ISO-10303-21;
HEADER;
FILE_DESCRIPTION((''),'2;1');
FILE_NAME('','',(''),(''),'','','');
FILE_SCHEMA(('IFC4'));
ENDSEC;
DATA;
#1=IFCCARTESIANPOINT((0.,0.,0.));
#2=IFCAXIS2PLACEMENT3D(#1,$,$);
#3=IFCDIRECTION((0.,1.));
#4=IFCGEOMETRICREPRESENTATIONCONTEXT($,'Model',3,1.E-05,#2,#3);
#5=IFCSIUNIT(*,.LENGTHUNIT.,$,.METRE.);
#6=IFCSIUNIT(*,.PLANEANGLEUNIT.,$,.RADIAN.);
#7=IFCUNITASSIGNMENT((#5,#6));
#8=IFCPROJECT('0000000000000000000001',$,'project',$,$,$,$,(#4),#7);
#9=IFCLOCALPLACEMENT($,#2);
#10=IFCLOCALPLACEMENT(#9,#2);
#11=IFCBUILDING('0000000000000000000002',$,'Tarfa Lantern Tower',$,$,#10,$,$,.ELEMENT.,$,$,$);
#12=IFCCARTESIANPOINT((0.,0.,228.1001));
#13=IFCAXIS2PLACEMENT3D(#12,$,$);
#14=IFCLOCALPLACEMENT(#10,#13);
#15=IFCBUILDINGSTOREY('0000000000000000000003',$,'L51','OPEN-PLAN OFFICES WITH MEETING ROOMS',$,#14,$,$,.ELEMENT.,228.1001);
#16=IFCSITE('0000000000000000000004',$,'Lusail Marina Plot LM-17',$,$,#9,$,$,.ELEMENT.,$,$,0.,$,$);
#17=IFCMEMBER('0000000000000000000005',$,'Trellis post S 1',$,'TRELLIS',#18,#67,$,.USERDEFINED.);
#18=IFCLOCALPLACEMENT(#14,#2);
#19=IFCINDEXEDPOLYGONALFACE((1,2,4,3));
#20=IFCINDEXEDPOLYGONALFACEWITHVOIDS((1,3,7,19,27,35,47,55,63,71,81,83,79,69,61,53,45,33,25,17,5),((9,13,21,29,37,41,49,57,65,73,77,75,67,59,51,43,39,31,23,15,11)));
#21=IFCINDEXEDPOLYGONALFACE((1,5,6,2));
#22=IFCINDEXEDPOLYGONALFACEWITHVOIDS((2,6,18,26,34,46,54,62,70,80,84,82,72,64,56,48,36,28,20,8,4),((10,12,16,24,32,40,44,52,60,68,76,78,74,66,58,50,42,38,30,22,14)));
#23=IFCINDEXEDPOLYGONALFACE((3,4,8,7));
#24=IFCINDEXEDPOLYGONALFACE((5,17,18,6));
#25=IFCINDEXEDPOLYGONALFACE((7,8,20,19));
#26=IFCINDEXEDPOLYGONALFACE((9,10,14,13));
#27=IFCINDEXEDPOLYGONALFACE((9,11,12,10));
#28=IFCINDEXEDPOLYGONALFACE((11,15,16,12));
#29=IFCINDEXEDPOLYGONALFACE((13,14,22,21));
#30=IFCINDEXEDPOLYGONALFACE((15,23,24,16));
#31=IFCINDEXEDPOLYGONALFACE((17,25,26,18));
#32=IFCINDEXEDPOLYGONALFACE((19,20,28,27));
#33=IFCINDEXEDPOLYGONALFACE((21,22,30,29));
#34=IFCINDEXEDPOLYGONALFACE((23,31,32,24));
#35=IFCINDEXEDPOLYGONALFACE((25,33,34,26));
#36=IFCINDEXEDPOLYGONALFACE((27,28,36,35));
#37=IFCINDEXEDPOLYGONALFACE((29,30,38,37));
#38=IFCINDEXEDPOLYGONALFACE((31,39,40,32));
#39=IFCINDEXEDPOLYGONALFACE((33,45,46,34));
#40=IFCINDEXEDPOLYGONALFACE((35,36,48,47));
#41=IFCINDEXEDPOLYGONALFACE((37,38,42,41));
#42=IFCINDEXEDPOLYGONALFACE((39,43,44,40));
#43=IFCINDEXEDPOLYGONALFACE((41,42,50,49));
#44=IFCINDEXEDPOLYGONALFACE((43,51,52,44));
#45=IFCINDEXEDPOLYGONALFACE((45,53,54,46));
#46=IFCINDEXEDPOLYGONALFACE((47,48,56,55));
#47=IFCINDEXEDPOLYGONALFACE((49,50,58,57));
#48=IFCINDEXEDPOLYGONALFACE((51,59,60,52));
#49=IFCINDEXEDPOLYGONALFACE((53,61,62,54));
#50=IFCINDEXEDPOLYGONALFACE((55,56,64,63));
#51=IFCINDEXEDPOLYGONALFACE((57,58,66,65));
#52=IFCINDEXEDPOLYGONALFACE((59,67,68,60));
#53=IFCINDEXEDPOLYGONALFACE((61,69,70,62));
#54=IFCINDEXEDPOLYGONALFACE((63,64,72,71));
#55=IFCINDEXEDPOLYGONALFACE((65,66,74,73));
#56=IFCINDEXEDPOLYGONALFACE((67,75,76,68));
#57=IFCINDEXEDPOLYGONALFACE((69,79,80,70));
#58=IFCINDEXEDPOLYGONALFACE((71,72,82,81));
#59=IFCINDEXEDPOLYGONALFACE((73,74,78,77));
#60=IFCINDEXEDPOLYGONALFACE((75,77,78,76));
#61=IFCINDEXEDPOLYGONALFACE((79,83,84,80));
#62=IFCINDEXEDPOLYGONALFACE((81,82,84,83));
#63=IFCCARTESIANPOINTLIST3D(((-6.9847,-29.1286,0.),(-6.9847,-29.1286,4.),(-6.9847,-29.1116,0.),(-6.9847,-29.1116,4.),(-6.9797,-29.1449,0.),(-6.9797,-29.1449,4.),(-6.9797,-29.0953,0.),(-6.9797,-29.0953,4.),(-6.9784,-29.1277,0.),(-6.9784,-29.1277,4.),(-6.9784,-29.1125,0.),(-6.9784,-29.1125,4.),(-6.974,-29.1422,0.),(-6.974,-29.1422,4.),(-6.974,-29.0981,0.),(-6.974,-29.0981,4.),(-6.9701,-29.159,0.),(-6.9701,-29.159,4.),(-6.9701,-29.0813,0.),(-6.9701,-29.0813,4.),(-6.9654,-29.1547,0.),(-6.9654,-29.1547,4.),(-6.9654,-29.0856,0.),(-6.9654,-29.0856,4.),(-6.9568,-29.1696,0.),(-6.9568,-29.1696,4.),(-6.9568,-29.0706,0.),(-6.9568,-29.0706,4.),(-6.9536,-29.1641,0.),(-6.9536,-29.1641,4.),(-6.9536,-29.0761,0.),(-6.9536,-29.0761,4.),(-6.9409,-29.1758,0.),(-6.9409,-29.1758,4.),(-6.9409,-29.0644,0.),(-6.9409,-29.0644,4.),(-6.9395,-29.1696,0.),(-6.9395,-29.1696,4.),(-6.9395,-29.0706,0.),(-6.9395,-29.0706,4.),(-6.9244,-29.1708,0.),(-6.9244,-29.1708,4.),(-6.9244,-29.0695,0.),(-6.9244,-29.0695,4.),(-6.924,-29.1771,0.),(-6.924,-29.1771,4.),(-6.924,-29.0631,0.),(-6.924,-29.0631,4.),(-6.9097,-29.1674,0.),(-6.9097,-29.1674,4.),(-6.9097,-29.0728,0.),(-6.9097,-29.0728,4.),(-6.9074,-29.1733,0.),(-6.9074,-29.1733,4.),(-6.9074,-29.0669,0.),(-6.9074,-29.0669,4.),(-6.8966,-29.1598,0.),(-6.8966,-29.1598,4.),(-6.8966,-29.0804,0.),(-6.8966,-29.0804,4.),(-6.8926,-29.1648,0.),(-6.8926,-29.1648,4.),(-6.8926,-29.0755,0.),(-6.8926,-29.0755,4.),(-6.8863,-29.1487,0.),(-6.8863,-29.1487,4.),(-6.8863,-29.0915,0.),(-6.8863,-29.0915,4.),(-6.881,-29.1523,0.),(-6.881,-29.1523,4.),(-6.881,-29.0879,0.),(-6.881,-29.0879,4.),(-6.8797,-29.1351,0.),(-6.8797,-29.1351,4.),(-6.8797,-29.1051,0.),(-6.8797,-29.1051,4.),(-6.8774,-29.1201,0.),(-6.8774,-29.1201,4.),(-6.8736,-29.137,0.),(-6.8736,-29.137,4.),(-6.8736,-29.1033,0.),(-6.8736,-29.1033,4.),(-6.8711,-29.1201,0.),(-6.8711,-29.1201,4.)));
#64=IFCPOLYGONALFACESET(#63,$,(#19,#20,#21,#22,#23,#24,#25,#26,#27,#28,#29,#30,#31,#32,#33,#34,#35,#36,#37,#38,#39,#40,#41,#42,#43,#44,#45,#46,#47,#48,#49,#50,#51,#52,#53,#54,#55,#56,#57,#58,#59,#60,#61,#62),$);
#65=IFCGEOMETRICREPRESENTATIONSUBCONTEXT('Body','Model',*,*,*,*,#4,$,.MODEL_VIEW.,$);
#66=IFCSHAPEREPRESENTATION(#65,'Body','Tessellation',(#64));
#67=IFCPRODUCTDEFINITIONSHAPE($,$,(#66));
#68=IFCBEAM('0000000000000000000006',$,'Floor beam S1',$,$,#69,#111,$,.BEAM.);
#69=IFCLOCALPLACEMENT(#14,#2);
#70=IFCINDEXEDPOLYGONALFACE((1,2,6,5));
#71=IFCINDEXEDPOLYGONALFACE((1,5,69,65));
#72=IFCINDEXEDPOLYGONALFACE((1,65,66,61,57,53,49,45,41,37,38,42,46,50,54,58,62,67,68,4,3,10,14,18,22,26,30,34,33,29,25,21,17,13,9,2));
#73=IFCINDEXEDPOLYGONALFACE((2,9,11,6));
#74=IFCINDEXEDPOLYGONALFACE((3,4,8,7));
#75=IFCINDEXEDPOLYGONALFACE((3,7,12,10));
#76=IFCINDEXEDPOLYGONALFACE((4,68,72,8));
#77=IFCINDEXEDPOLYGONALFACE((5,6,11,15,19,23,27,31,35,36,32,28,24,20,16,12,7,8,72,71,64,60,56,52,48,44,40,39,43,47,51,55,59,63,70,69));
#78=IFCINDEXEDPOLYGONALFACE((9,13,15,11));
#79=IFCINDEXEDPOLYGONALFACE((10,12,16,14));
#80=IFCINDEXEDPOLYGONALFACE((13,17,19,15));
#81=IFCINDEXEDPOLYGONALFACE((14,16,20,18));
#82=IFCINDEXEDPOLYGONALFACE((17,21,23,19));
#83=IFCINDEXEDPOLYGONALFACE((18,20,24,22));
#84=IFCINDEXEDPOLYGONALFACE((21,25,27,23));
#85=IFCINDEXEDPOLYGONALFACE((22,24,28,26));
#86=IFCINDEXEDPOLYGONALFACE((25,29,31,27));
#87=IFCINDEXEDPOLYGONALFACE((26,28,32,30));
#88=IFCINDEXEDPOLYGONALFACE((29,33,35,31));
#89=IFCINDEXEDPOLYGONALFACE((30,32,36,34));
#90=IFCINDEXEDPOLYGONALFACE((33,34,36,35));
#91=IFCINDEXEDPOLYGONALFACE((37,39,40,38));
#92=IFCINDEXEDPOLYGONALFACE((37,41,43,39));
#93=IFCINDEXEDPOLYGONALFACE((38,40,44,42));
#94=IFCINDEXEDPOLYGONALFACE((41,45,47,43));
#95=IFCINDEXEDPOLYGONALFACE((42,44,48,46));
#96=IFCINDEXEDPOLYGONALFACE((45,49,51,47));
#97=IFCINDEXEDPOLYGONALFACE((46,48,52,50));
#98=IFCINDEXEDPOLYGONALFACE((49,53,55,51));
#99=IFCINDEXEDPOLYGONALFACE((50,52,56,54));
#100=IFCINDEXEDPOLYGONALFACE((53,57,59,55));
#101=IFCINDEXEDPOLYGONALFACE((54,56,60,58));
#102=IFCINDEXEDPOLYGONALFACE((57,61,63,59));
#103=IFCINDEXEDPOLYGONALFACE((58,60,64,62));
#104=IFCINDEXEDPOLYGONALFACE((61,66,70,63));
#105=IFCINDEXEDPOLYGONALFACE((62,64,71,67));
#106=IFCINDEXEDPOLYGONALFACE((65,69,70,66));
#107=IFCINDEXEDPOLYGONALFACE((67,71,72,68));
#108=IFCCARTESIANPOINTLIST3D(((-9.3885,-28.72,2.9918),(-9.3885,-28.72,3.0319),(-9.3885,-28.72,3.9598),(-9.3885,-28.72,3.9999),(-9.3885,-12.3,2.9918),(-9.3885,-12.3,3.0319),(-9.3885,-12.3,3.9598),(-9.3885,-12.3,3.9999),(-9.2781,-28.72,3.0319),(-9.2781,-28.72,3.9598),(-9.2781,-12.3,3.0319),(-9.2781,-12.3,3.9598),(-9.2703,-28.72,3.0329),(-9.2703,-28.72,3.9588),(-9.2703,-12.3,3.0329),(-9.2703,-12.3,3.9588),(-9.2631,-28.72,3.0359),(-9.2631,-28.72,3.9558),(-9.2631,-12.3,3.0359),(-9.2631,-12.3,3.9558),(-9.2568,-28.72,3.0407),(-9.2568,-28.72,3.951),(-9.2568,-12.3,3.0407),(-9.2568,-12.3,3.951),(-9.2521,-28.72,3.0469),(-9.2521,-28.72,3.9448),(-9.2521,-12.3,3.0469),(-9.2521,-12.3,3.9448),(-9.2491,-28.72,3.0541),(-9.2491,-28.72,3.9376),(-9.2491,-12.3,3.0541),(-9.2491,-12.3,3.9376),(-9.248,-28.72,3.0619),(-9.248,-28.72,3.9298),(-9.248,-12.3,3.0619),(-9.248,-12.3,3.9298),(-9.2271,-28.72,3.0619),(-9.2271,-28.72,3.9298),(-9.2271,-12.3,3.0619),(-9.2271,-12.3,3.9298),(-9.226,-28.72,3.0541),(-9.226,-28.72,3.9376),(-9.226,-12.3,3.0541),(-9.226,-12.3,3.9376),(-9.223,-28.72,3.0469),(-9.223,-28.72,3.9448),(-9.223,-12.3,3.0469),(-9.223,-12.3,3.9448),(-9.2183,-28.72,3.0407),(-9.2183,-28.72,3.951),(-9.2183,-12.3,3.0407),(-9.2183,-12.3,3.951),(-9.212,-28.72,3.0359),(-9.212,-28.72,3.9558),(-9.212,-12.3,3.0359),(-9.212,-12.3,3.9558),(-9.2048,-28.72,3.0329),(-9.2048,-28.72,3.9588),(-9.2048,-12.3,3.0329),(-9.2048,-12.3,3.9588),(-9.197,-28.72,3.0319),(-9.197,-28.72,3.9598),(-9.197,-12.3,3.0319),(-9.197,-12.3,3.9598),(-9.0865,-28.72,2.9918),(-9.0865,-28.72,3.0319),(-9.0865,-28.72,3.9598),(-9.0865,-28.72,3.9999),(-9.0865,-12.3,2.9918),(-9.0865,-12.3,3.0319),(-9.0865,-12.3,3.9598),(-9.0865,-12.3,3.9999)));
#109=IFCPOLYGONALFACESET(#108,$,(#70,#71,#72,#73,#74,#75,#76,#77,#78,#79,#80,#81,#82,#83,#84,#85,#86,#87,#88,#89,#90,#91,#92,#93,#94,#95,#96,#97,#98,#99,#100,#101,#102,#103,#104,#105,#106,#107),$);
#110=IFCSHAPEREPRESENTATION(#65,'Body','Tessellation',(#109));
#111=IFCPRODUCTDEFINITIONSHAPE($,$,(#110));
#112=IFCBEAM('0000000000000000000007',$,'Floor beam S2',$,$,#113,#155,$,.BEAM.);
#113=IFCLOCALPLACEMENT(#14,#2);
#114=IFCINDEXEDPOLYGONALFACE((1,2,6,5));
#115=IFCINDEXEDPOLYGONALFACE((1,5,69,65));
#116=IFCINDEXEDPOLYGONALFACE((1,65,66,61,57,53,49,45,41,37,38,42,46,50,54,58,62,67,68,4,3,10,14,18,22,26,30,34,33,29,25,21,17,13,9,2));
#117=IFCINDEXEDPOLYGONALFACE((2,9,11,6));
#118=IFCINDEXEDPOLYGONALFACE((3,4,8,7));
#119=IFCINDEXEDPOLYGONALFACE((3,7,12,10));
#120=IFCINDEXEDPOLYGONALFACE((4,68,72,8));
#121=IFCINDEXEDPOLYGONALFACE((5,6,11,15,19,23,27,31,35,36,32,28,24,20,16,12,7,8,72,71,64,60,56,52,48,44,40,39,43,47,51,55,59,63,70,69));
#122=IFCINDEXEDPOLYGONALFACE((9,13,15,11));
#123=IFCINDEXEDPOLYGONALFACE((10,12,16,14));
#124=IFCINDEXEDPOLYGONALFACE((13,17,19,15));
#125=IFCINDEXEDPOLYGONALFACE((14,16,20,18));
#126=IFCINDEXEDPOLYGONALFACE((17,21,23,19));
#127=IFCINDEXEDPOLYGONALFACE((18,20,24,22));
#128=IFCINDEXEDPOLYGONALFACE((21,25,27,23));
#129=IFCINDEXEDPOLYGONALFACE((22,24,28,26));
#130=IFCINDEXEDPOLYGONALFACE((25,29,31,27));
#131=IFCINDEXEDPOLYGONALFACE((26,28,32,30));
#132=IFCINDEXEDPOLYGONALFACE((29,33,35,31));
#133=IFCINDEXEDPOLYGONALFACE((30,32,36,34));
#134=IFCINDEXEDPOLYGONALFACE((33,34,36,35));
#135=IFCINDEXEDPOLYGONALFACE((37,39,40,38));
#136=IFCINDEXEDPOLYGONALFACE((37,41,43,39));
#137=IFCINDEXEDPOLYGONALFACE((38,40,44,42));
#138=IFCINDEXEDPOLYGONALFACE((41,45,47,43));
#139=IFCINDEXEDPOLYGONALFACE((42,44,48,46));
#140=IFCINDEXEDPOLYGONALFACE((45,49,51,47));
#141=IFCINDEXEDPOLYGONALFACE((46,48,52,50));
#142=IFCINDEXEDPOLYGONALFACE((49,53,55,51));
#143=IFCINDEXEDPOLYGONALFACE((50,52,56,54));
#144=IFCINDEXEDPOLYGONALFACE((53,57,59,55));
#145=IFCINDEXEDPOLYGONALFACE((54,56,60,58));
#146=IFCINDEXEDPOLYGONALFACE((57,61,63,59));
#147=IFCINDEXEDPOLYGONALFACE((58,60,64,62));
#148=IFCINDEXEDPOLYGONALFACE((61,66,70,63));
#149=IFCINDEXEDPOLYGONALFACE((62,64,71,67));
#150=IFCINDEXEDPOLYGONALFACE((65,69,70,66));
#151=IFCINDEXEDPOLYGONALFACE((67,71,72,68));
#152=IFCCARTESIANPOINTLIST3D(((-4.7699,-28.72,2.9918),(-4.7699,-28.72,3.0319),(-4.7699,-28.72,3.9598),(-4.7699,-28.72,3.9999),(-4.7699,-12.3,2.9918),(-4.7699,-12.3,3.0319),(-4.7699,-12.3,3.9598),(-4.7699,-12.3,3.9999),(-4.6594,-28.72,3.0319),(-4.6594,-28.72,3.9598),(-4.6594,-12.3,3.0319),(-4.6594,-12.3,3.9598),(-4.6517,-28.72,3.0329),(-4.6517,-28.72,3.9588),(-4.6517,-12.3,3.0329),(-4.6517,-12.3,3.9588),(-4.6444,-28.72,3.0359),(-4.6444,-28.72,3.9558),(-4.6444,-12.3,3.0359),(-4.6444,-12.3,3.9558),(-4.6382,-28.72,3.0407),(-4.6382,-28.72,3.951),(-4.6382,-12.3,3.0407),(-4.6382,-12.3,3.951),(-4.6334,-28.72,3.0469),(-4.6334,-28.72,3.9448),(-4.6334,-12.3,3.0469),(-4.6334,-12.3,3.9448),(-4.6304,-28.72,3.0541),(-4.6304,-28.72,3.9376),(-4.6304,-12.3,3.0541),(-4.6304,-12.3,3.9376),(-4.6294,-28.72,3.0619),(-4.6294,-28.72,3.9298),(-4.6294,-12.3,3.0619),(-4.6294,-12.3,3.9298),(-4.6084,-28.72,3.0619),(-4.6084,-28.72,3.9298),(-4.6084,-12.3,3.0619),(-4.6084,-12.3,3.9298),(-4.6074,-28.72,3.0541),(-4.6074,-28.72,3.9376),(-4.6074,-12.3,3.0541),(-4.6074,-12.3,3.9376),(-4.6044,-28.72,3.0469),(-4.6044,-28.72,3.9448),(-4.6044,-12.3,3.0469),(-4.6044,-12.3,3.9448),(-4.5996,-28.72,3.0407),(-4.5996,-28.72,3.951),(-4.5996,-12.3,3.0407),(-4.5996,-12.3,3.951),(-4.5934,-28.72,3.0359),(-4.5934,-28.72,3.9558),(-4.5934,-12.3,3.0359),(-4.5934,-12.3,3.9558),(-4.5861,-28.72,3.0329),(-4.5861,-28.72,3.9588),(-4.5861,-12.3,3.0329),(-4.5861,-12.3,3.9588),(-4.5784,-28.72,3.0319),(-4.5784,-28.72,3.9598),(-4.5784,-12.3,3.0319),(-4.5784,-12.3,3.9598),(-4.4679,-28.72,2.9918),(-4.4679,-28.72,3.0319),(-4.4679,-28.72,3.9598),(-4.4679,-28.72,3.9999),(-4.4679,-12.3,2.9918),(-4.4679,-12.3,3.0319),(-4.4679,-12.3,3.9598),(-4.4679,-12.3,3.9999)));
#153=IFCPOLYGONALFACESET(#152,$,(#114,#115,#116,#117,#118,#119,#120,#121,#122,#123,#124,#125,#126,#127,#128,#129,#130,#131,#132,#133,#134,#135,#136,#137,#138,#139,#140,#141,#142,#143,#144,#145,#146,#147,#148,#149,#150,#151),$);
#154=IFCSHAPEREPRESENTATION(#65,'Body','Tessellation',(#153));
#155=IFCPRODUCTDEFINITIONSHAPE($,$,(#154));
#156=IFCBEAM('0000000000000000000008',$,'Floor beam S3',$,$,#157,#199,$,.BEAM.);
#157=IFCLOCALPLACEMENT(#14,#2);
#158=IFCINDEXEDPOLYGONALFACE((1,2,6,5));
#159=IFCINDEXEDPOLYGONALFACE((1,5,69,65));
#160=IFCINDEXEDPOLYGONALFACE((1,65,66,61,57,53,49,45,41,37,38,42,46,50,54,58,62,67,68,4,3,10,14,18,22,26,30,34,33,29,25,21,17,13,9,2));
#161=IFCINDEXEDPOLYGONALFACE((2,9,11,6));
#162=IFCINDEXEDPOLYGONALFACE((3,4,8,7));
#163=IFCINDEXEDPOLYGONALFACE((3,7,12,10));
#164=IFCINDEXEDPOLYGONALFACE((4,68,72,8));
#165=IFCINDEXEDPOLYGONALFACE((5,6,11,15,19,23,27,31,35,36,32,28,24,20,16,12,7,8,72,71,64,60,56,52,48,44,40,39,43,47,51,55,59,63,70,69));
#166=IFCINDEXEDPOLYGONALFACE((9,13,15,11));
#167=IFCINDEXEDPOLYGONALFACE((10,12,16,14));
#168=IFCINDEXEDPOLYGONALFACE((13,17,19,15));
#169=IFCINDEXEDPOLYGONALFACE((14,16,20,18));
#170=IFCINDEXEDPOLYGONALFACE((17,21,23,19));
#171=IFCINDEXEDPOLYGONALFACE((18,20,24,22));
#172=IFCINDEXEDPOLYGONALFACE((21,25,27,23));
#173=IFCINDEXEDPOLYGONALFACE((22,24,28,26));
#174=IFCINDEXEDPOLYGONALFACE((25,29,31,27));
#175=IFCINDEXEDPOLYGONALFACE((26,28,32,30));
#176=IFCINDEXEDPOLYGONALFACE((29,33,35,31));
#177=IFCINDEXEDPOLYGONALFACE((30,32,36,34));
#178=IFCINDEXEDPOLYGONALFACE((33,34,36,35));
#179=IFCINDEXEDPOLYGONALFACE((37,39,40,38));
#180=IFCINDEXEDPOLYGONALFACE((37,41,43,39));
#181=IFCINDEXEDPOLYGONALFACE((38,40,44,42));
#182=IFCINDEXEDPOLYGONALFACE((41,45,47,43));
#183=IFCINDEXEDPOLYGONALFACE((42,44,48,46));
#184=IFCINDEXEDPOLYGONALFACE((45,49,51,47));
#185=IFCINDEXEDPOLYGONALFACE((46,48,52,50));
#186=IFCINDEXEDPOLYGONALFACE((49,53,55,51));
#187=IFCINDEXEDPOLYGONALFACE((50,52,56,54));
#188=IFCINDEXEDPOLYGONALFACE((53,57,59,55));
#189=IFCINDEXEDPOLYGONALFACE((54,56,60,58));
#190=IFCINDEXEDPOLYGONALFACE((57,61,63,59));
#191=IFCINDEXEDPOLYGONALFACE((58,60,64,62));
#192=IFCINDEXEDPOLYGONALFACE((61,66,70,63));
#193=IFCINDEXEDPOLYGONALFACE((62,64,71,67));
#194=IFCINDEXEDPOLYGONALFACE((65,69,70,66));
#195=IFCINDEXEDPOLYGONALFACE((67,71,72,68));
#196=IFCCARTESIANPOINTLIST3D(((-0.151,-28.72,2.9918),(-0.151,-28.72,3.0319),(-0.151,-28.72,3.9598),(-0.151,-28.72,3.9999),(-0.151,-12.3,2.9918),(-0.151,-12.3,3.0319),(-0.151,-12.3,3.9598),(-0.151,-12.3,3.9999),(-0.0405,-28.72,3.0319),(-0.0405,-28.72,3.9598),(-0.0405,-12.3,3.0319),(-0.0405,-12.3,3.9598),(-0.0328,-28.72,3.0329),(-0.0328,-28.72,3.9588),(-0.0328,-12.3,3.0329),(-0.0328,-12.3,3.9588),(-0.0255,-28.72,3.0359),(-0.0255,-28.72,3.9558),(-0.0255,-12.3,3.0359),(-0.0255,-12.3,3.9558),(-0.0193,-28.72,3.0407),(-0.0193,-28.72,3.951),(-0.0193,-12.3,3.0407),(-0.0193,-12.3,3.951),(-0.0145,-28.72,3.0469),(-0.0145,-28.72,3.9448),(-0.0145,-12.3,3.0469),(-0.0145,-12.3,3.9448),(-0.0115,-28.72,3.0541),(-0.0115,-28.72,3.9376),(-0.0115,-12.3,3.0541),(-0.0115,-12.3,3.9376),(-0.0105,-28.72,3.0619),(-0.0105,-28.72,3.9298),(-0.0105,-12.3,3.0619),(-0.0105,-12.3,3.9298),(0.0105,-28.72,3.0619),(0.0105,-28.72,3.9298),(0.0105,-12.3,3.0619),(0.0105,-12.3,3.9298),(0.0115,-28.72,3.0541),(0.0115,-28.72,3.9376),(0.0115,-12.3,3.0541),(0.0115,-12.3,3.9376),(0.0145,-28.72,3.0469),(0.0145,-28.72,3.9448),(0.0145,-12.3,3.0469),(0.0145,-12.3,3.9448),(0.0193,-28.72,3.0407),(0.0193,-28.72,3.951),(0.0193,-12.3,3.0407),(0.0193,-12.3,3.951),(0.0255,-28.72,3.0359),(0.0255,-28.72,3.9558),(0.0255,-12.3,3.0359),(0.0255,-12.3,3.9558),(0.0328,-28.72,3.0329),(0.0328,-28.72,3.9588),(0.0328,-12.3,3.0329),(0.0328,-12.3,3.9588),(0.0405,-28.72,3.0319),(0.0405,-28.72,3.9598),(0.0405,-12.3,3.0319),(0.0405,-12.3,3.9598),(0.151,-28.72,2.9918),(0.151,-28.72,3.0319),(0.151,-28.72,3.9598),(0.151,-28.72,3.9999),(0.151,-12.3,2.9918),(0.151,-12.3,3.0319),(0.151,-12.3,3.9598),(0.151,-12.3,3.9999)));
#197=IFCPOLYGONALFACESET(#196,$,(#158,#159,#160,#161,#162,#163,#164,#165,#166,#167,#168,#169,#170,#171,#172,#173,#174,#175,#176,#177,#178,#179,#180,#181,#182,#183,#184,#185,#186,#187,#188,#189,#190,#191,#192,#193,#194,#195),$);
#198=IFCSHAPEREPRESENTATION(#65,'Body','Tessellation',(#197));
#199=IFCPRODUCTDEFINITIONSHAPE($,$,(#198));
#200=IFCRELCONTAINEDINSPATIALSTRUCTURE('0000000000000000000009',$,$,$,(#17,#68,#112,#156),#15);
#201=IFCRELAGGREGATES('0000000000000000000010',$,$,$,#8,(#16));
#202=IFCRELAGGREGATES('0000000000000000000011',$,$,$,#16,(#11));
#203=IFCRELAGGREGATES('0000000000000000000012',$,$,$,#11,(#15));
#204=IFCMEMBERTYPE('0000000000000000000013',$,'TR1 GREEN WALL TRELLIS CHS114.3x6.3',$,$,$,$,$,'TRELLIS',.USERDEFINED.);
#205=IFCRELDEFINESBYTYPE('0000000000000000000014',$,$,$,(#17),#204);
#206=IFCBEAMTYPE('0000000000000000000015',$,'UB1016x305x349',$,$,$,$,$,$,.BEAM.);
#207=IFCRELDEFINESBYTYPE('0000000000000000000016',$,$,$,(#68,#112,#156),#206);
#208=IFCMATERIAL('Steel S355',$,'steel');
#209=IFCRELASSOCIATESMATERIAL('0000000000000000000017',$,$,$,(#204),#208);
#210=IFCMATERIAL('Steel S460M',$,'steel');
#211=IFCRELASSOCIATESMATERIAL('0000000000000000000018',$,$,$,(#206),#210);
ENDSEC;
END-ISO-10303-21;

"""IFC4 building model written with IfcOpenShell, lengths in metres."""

from ifc_helpers import new_model, si_unit, direction, frame, origin, origin_2d, place, context, subcontext, project, spatial, hollow_circle, i_section, extrude, material, material_profile, profile_set, type_object, element, save


model = new_model("IFC4")

# Units and contexts
model_context = context("Model", 3, precision=1e-05, world=origin(), true_north=direction((0.0, 1.0)))
body_context = subcontext(model_context, "Body", "Model", "MODEL_VIEW")
ifc_project = project(units=[si_unit("LENGTHUNIT", "METRE"), si_unit("PLANEANGLEUNIT", "RADIAN")], contexts=[model_context])

# Site, building, storey
site_placement = place(None, origin())
site = spatial("IfcSite", under=ifc_project, at=site_placement, Name="Lusail Marina Plot LM-17", CompositionType="ELEMENT", RefElevation=0.0)
building_placement = place(site_placement, origin())
building = spatial("IfcBuilding", under=site, at=building_placement, Name="Tarfa Lantern Tower", CompositionType="ELEMENT")
storey_placement = place(building_placement, frame((0.0, 0.0, 228.1001)))
storey = spatial("IfcBuildingStorey", under=building, at=storey_placement, Name="L51", Description="OPEN-PLAN OFFICES WITH MEETING ROOMS", CompositionType="ELEMENT", Elevation=228.1001)

# Member
ifc_material_1 = material(Name="Steel S355", Category="steel")
ifc_material_profile_1 = material_profile(ifc_material_1, hollow_circle(Radius=0.0571, WallThickness=0.0063, at=origin_2d()), Name="CHS114.3x6.3")
ifc_profile_set_1 = profile_set([ifc_material_profile_1], Name="Steel S355")
member_type_1 = type_object("IfcMemberType", Name="TR1 GREEN WALL TRELLIS CHS114.3x6.3", ElementType="TRELLIS", PredefinedType="USERDEFINED", material=ifc_profile_set_1)
member_1_placement = place(storey_placement, frame((-6.9282, -29.1201, 0.0), z_axis=(0.0, 0.0, 1.0), x_axis=(1.0, 0.0, 0.0)))
element("IfcMember", 1, at=member_1_placement, inside=storey, type_object=member_type_1, Name="Trellis post S 1", ObjectType="TRELLIS", PredefinedType="USERDEFINED", context=body_context, shape_type="SweptSolid", body=[
    extrude(hollow_circle(Radius=0.0571, WallThickness=0.0063, at=origin_2d()), origin(), (0.0, 0.0, 1.0), 4.0),
])

# Beams
ifc_material_2 = material(Name="Steel S460M", Category="steel")
ifc_material_profile_2 = material_profile(ifc_material_2, i_section(OverallWidth=0.302, OverallDepth=1.0081, WebThickness=0.021, FlangeThickness=0.04, FilletRadius=0.03, at=origin_2d()), Name="UB1016x305x349")
ifc_profile_set_2 = profile_set([ifc_material_profile_2], Name="Steel S460M")
beam_type_1 = type_object("IfcBeamType", Name="UB1016x305x349", PredefinedType="BEAM", material=ifc_profile_set_2)
for number, where, z_axis, x_axis, name in (
    (2, (-9.2375, -28.72, 3.4958), (0.0, 1.0, 0.0), (-1.0, 0.0, 0.0), "Floor beam S1"),
    (3, (-4.6189, -28.72, 3.4958), (0.0, 1.0, 0.0), (-1.0, 0.0, 0.0), "Floor beam S2"),
    (4, (0.0, -28.72, 3.4958), (0.0, 1.0, 0.0), (-1.0, 0.0, 0.0), "Floor beam S3"),
):
    element("IfcBeam", number, at=place(storey_placement, frame(where, z_axis=z_axis, x_axis=x_axis)), inside=storey, type_object=beam_type_1, Name=name, PredefinedType="BEAM", context=body_context, shape_type="SweptSolid", body=[
        extrude(i_section(OverallWidth=0.302, OverallDepth=1.0081, WebThickness=0.021, FlangeThickness=0.04, FilletRadius=0.03, at=origin_2d()), origin(), (0.0, 0.0, 1.0), 16.4199),
    ])

save(model, "model.ifc")
